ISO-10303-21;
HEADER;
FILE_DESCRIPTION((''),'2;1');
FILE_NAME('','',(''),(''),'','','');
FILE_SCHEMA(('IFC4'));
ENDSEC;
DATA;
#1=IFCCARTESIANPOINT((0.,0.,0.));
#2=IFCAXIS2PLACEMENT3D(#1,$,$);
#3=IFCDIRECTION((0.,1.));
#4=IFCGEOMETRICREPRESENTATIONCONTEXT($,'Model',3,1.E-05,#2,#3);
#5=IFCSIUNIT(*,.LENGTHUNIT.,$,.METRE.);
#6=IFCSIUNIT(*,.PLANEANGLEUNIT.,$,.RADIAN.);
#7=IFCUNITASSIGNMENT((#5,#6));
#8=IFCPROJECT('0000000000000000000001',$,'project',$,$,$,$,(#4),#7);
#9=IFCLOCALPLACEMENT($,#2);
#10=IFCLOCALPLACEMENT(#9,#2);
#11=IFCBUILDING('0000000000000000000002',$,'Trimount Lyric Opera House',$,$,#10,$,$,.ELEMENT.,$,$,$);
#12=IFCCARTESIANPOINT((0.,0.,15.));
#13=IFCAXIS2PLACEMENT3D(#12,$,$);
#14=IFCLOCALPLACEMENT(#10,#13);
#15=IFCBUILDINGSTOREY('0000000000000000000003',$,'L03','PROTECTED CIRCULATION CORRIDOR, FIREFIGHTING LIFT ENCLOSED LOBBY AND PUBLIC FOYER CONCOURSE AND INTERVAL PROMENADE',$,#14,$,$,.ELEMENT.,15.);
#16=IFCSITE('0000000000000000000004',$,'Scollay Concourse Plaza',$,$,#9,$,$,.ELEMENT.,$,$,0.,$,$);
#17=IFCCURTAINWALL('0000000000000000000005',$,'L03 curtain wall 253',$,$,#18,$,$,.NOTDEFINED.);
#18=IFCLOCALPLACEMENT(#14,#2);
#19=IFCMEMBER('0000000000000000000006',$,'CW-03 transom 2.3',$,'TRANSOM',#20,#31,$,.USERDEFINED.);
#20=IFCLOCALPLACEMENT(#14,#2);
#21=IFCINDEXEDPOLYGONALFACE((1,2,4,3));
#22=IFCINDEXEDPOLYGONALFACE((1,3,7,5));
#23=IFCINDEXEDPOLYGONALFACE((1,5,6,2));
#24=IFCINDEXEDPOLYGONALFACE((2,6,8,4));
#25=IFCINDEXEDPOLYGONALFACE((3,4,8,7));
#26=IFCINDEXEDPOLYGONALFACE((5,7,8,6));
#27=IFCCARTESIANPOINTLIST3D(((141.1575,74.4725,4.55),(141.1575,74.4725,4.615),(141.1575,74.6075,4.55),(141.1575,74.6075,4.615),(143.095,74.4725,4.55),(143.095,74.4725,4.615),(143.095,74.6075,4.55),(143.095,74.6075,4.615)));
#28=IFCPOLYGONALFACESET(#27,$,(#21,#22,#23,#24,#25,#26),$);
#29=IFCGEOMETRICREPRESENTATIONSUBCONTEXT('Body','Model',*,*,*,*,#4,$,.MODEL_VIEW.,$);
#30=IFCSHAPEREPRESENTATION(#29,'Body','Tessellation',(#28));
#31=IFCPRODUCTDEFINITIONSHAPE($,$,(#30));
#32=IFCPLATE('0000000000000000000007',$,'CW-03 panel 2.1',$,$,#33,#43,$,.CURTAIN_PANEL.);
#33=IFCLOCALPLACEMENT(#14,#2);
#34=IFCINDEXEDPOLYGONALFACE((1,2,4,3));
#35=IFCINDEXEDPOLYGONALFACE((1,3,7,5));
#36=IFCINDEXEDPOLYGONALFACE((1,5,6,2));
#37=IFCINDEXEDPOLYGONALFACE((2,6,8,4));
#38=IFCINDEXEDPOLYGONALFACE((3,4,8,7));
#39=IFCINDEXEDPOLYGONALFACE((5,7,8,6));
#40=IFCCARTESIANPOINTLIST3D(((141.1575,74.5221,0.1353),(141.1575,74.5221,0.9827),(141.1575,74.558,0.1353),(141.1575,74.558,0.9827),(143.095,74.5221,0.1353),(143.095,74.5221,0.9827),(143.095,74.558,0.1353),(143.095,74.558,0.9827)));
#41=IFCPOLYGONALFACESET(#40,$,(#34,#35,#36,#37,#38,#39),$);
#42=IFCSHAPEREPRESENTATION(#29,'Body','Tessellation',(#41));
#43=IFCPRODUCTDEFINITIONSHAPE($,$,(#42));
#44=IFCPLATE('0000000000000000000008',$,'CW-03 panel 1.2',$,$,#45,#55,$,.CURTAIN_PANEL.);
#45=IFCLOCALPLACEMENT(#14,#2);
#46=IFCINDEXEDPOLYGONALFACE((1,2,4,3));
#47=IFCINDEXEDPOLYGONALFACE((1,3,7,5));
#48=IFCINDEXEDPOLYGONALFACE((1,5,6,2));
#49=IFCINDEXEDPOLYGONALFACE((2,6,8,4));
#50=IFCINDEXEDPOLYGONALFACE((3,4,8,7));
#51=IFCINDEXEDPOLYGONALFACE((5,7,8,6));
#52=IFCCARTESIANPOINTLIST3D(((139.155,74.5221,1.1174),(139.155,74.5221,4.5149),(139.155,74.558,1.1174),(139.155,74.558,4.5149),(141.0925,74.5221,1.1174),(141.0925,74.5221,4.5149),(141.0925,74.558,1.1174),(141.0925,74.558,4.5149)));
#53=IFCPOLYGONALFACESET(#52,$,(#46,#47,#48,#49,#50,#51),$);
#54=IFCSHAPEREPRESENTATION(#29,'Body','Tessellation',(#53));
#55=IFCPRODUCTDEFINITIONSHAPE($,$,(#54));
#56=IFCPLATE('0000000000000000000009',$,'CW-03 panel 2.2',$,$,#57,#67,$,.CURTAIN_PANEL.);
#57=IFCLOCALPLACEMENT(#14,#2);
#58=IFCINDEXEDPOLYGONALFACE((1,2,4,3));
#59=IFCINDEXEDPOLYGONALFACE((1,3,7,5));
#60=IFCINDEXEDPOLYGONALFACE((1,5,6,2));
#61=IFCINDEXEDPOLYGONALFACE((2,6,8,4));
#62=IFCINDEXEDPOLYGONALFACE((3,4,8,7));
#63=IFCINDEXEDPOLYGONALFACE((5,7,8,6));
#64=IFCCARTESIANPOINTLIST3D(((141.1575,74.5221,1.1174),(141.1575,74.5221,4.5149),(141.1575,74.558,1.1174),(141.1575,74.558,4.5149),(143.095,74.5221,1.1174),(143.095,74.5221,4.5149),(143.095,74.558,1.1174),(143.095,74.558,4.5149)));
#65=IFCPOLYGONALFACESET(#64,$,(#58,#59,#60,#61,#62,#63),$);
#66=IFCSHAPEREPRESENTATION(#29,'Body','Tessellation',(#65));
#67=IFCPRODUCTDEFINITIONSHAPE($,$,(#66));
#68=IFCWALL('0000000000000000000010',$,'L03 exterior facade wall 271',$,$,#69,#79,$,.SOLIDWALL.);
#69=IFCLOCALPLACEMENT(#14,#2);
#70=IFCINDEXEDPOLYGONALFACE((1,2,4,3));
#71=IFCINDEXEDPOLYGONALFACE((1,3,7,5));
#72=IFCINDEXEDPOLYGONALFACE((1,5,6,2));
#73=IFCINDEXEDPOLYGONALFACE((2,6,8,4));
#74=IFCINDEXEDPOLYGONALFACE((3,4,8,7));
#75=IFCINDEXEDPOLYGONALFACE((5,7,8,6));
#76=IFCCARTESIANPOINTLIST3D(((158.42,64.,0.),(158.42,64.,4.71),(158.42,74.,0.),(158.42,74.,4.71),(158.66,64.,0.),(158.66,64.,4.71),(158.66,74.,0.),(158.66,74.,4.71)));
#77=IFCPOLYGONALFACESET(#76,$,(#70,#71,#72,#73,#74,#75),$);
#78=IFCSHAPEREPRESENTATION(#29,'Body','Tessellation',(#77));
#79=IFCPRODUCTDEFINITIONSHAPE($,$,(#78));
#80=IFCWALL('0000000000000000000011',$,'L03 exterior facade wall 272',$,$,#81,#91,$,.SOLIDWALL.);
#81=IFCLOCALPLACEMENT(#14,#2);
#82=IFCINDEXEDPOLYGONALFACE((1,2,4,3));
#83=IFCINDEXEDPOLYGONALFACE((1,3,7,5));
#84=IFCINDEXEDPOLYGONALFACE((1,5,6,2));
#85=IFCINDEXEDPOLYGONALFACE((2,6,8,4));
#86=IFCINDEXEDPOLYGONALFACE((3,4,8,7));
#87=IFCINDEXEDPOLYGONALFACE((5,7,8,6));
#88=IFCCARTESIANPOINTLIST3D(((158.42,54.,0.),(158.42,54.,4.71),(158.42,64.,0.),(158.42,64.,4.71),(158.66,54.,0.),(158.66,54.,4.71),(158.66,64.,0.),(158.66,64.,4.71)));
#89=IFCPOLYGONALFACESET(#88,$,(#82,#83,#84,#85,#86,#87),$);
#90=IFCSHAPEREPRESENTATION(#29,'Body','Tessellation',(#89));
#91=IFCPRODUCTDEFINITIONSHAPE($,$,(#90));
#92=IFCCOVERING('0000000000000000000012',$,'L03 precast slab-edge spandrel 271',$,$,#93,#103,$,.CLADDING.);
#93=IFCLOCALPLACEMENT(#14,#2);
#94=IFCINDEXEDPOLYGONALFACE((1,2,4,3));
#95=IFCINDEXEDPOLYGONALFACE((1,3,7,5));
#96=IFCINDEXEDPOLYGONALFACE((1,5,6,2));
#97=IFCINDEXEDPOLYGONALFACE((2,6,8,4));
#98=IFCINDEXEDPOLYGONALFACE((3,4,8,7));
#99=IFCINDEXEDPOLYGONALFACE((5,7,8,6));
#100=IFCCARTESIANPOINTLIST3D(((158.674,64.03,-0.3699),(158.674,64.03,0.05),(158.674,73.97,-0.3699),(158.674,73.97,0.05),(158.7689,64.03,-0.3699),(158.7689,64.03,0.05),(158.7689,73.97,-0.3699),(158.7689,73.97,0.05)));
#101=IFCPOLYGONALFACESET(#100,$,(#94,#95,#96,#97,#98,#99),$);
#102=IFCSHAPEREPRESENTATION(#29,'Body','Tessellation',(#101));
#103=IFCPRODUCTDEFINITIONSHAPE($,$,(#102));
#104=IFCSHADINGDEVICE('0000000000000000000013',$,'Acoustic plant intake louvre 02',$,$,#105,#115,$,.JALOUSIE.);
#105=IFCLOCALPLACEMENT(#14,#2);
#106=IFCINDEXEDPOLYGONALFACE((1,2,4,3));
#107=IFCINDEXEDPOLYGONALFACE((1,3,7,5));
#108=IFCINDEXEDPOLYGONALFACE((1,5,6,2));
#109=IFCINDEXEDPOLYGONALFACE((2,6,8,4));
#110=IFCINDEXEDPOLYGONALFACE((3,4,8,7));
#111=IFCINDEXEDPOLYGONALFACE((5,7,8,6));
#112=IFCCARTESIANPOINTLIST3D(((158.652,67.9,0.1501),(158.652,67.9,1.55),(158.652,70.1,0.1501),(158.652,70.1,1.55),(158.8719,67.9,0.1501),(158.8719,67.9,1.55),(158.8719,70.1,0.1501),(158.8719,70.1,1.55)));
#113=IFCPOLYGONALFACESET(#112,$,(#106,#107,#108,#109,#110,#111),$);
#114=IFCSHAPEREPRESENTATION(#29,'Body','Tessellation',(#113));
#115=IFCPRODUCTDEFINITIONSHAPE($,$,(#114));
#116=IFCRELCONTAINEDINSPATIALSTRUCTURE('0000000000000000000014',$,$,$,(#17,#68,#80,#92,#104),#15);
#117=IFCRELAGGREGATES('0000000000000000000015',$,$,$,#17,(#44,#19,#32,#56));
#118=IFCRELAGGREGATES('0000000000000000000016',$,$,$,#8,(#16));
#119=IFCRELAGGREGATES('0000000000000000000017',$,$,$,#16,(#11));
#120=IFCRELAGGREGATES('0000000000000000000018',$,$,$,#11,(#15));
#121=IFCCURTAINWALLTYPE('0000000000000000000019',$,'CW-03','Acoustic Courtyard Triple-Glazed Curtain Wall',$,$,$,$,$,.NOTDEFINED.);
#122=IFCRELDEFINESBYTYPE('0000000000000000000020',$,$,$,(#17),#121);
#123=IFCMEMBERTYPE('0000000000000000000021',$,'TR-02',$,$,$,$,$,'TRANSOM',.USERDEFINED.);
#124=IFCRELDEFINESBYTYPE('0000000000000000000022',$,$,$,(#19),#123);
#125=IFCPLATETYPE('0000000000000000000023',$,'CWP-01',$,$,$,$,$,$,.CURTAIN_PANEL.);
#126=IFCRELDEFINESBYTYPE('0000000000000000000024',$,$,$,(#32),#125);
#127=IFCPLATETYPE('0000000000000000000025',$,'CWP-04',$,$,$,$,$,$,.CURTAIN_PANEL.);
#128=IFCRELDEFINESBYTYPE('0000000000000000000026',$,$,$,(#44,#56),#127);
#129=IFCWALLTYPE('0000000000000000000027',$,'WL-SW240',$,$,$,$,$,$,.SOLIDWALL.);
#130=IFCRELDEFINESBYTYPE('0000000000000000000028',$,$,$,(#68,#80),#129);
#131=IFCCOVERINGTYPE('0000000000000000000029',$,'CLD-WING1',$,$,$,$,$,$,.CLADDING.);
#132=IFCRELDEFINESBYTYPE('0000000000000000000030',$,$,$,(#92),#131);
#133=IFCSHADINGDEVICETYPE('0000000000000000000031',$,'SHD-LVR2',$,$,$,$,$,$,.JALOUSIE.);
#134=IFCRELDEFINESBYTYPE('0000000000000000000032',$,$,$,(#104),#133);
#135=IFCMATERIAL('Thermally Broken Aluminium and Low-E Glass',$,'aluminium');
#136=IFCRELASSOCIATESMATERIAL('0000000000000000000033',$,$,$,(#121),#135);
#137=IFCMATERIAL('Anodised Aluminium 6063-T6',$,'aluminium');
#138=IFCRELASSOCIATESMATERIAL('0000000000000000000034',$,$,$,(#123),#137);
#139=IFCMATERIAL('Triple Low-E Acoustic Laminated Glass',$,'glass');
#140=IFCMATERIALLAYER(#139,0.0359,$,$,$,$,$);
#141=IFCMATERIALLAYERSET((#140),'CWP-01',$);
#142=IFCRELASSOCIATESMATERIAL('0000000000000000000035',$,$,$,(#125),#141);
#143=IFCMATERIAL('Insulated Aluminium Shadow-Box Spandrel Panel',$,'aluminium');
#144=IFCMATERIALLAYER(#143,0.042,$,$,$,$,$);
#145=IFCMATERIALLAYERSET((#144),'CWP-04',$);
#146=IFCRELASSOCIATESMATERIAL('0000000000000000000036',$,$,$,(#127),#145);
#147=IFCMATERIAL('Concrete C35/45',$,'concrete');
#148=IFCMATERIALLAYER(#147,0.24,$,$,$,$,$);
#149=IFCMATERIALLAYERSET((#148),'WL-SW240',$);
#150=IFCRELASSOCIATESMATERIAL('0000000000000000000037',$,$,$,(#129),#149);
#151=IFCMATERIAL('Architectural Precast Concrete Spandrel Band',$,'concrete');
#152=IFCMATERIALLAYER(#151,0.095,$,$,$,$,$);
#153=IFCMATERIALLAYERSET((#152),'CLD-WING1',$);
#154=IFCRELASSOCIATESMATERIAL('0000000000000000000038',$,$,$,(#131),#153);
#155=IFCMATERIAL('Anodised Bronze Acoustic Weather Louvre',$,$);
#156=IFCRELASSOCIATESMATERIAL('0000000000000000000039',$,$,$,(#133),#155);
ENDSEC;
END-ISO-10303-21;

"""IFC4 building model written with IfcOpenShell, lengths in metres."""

from ifc_helpers import new_model, si_unit, direction, frame, frame_2d, origin, origin_2d, place, context, subcontext, project, spatial, rectangle, extrude, material, layer, layer_set, material_profile, profile_set, type_object, element, aggregate, save


model = new_model("IFC4")

# Units and contexts
model_context = context("Model", 3, precision=1e-05, world=origin(), true_north=direction((0.0, 1.0)))
body_context = subcontext(model_context, "Body", "Model", "MODEL_VIEW")
ifc_project = project(units=[si_unit("LENGTHUNIT", "METRE"), si_unit("PLANEANGLEUNIT", "RADIAN")], contexts=[model_context])

# Site, building, storey
site_placement = place(None, origin())
site = spatial("IfcSite", under=ifc_project, at=site_placement, Name="Scollay Concourse Plaza", CompositionType="ELEMENT", RefElevation=0.0)
building_placement = place(site_placement, origin())
building = spatial("IfcBuilding", under=site, at=building_placement, Name="Trimount Lyric Opera House", CompositionType="ELEMENT")
storey_placement = place(building_placement, frame((0.0, 0.0, 15.0)))
storey = spatial("IfcBuildingStorey", under=building, at=storey_placement, Name="L03", Description="PROTECTED CIRCULATION CORRIDOR, FIREFIGHTING LIFT ENCLOSED LOBBY AND PUBLIC FOYER CONCOURSE AND INTERVAL PROMENADE", CompositionType="ELEMENT", Elevation=15.0)

# Curtain wall
ifc_material_1 = material(Name="Thermally Broken Aluminium and Low-E Glass", Category="aluminium")
curtain_wall_type = type_object("IfcCurtainWallType", Name="CW-03", Description="Acoustic Courtyard Triple-Glazed Curtain Wall", PredefinedType="NOTDEFINED", material=ifc_material_1)
curtain_wall_1_placement = place(storey_placement, origin())
curtain_wall_1 = element("IfcCurtainWall", 1, at=curtain_wall_1_placement, inside=storey, type_object=curtain_wall_type, Name="L03 curtain wall 253", PredefinedType="NOTDEFINED")

# Member
ifc_material_2 = material(Name="Anodised Aluminium 6063-T6", Category="aluminium")
ifc_material_profile_1 = material_profile(ifc_material_2, rectangle(XDim=0.135, YDim=0.0649, at=origin_2d()), Name="ALU-TRAN-65X135")
ifc_profile_set_1 = profile_set([ifc_material_profile_1], Name="Anodised Aluminium 6063-T6")
member_type_1 = type_object("IfcMemberType", Name="TR-02", ElementType="TRANSOM", PredefinedType="USERDEFINED", material=ifc_profile_set_1)
member_1_placement = place(storey_placement, frame((141.1575, 74.54, 4.5825), z_axis=(1.0, 0.0, 0.0), x_axis=(0.0, 1.0, 0.0)))
member_1 = element("IfcMember", 2, at=member_1_placement, type_object=member_type_1, Name="CW-03 transom 2.3", ObjectType="TRANSOM", PredefinedType="USERDEFINED", context=body_context, shape_type="SweptSolid", body=[
    extrude(rectangle(XDim=0.135, YDim=0.0649, at=origin_2d()), origin(), (0.0, 0.0, 1.0), 1.9375),
])

# Plates
ifc_material_3 = material(Name="Triple Low-E Acoustic Laminated Glass", Category="glass")
ifc_layer_1 = layer(ifc_material_3, 0.0359)
ifc_layer_set_1 = layer_set([ifc_layer_1], Name="CWP-01")
plate_type_1 = type_object("IfcPlateType", Name="CWP-01", PredefinedType="CURTAIN_PANEL", material=ifc_layer_set_1)
plate_1_placement = place(storey_placement, frame((142.1262, 74.54, 0.1353), z_axis=(0.0, 0.0, 1.0), x_axis=(1.0, 0.0, 0.0)))
plate_1 = element("IfcPlate", 3, at=plate_1_placement, type_object=plate_type_1, Name="CW-03 panel 2.1", PredefinedType="CURTAIN_PANEL", context=body_context, shape_type="SweptSolid", body=[
    extrude(rectangle(XDim=1.9375, YDim=0.0359, at=origin_2d()), origin(), (0.0, 0.0, 1.0), 0.8474),
])
ifc_material_4 = material(Name="Insulated Aluminium Shadow-Box Spandrel Panel", Category="aluminium")
ifc_layer_2 = layer(ifc_material_4, 0.042)
ifc_layer_set_2 = layer_set([ifc_layer_2], Name="CWP-04")
plate_type_2 = type_object("IfcPlateType", Name="CWP-04", PredefinedType="CURTAIN_PANEL", material=ifc_layer_set_2)
plate_2_placement = place(storey_placement, frame((140.1238, 74.54, 1.1174), z_axis=(0.0, 0.0, 1.0), x_axis=(1.0, 0.0, 0.0)))
plate_2 = element("IfcPlate", 4, at=plate_2_placement, type_object=plate_type_2, Name="CW-03 panel 1.2", PredefinedType="CURTAIN_PANEL", context=body_context, shape_type="SweptSolid", body=[
    extrude(rectangle(XDim=1.9375, YDim=0.0359, at=origin_2d()), origin(), (0.0, 0.0, 1.0), 3.3975),
])
plate_3_placement = place(storey_placement, frame((142.1262, 74.54, 1.1174), z_axis=(0.0, 0.0, 1.0), x_axis=(1.0, 0.0, 0.0)))
plate_3 = element("IfcPlate", 5, at=plate_3_placement, type_object=plate_type_2, Name="CW-03 panel 2.2", PredefinedType="CURTAIN_PANEL", context=body_context, shape_type="SweptSolid", body=[
    extrude(rectangle(XDim=1.9375, YDim=0.0359, at=origin_2d()), origin(), (0.0, 0.0, 1.0), 3.3975),
])
aggregate(curtain_wall_1, [plate_2, member_1, plate_1, plate_3])

# Walls
ifc_material_5 = material(Name="Concrete C35/45", Category="concrete")
ifc_layer_3 = layer(ifc_material_5, 0.24)
ifc_layer_set_3 = layer_set([ifc_layer_3], Name="WL-SW240")
wall_type = type_object("IfcWallType", Name="WL-SW240", PredefinedType="SOLIDWALL", material=ifc_layer_set_3)
for number, where, z_axis, x_axis, name in (
    (6, (158.54, 74.0, 0.0), (0.0, 0.0, 1.0), (0.0, -1.0, 0.0), "L03 exterior facade wall 271"),
    (7, (158.54, 64.0, 0.0), (0.0, 0.0, 1.0), (0.0, -1.0, 0.0), "L03 exterior facade wall 272"),
):
    element("IfcWall", number, at=place(storey_placement, frame(where, z_axis=z_axis, x_axis=x_axis)), inside=storey, type_object=wall_type, Name=name, PredefinedType="SOLIDWALL", context=body_context, shape_type="SweptSolid", body=[
        extrude(rectangle(XDim=10.0, YDim=0.24, at=frame_2d((5.0, 0.0))), origin(), (0.0, 0.0, 1.0), 4.71),
    ])

# Covering
ifc_material_6 = material(Name="Architectural Precast Concrete Spandrel Band", Category="concrete")
ifc_layer_4 = layer(ifc_material_6, 0.095)
ifc_layer_set_4 = layer_set([ifc_layer_4], Name="CLD-WING1")
covering_type = type_object("IfcCoveringType", Name="CLD-WING1", PredefinedType="CLADDING", material=ifc_layer_set_4)
covering_placement = place(storey_placement, frame((158.7214, 69.0, -0.3699), z_axis=(0.0, 0.0, 1.0), x_axis=(0.0, -1.0, 0.0)))
element("IfcCovering", 8, at=covering_placement, inside=storey, type_object=covering_type, Name="L03 precast slab-edge spandrel 271", PredefinedType="CLADDING", context=body_context, shape_type="SweptSolid", body=[
    extrude(rectangle(XDim=9.9399, YDim=0.095, at=origin_2d()), origin(), (0.0, 0.0, 1.0), 0.4199),
])

# Shading device
ifc_material_7 = material(Name="Anodised Bronze Acoustic Weather Louvre")
shading_device_type = type_object("IfcShadingDeviceType", Name="SHD-LVR2", PredefinedType="JALOUSIE", material=ifc_material_7)
shading_device_placement = place(storey_placement, frame((158.762, 69.0, 0.1501), z_axis=(0.0, 0.0, 1.0), x_axis=(1.0, 0.0, 0.0)))
element("IfcShadingDevice", 9, at=shading_device_placement, inside=storey, type_object=shading_device_type, Name="Acoustic plant intake louvre 02", PredefinedType="JALOUSIE", context=body_context, shape_type="SweptSolid", body=[
    extrude(rectangle(XDim=0.22, YDim=2.2, at=origin_2d()), origin(), (0.0, 0.0, 1.0), 1.3999),
])

save(model, "model.ifc")
